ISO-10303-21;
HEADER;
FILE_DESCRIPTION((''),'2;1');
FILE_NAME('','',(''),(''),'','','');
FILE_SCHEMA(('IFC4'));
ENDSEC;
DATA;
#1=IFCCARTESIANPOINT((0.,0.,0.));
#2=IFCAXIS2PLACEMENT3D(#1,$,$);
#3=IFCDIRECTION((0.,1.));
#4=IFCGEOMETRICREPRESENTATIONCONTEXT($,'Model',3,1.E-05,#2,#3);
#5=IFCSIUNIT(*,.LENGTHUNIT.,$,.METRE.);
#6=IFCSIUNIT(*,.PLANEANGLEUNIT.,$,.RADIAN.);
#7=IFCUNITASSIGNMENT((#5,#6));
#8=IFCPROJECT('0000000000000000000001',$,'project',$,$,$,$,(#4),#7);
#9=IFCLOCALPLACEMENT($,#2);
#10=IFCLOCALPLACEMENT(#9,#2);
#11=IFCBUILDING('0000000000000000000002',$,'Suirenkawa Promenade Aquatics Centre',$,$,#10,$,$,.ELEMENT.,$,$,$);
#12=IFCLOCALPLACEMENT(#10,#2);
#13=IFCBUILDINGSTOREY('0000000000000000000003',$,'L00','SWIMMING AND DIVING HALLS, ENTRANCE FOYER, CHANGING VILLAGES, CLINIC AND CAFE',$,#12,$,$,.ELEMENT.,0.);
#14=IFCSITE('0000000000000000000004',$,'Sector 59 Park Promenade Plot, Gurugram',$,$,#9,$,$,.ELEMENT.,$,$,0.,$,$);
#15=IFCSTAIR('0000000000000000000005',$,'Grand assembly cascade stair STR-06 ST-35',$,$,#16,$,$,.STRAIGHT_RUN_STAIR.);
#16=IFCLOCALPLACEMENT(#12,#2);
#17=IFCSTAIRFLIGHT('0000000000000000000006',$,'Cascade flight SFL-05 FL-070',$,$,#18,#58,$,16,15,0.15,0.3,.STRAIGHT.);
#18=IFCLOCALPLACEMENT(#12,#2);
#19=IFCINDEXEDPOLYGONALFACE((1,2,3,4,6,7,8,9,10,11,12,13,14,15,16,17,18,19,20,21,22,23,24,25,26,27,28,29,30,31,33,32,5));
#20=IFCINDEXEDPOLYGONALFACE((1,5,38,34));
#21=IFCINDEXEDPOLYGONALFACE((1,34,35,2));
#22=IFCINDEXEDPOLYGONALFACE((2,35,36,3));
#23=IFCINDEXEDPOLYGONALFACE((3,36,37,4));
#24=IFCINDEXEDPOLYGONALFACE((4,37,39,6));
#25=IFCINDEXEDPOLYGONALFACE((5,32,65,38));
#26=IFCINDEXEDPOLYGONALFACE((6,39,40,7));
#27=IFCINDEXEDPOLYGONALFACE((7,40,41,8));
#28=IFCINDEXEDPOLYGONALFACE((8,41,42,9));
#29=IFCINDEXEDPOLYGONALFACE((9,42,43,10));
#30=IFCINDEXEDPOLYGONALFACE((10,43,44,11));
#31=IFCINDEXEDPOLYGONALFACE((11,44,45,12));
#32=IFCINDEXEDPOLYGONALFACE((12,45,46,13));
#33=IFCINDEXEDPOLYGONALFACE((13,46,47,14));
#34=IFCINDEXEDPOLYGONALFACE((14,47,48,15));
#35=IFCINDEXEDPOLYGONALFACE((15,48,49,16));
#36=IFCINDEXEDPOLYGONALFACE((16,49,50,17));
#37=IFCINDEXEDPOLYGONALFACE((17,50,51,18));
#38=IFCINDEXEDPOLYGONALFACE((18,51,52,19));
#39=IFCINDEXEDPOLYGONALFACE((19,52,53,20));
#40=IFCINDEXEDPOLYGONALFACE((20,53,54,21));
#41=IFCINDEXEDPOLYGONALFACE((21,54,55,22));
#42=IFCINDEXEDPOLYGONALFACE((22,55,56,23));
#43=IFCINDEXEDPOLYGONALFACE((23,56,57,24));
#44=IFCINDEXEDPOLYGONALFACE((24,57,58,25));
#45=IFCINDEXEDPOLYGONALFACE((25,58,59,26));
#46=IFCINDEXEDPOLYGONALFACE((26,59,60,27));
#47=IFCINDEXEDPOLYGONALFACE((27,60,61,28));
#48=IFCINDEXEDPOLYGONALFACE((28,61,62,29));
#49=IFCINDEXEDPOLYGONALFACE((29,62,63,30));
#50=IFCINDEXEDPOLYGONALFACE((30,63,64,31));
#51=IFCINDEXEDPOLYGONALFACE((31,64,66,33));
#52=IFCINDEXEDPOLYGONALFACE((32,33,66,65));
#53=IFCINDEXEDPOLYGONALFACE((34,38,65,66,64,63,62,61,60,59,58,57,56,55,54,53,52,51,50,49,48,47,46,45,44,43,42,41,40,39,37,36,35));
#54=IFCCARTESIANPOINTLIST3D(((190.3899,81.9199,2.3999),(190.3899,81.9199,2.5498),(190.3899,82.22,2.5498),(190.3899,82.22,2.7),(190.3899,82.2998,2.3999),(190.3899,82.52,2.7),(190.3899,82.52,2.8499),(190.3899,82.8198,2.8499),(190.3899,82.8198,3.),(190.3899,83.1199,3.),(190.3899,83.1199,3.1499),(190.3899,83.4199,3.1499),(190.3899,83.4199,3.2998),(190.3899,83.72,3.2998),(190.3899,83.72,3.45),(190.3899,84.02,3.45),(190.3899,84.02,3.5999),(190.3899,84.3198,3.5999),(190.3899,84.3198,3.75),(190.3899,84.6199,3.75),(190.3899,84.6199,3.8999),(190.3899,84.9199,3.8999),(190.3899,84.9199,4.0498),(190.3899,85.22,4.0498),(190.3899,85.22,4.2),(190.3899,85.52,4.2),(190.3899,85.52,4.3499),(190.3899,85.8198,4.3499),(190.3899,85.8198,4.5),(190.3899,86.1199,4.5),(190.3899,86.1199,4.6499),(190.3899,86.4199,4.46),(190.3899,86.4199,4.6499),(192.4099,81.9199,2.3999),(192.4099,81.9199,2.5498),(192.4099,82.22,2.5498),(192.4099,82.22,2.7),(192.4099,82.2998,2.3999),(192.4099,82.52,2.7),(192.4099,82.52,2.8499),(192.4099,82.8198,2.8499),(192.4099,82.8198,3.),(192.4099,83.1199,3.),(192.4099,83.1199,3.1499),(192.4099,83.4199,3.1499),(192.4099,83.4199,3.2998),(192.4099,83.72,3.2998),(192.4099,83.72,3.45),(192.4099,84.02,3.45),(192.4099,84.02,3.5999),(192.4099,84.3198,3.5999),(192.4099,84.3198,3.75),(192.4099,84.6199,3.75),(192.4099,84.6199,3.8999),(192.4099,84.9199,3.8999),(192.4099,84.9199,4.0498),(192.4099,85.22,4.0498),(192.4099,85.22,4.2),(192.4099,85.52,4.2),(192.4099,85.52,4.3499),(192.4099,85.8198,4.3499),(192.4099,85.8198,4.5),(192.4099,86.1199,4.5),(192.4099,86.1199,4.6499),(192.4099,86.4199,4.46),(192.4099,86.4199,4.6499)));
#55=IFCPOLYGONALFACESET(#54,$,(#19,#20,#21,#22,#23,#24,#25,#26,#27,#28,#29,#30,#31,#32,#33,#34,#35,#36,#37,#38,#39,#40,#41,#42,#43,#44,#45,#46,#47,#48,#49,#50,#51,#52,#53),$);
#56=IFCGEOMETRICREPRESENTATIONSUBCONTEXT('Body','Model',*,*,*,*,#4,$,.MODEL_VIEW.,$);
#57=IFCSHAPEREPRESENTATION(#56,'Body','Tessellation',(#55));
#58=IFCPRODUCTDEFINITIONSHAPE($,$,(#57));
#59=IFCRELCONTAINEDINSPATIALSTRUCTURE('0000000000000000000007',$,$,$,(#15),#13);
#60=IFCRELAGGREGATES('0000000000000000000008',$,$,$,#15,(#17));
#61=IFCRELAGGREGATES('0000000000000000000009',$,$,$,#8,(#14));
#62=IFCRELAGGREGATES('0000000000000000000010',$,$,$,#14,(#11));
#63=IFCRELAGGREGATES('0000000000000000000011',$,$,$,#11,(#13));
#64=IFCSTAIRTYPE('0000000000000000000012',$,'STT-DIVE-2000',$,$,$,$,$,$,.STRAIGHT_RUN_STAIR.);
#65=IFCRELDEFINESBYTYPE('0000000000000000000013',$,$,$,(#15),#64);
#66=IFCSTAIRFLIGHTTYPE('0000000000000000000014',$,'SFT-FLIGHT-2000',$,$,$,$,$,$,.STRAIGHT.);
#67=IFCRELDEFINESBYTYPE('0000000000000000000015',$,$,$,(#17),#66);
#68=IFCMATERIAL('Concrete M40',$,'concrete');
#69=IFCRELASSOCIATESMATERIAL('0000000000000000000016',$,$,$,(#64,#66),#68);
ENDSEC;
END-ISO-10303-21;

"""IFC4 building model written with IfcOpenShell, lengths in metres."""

from ifc_helpers import new_model, si_unit, direction, frame, origin, place, context, subcontext, project, spatial, polyline, outline, extrude, material, type_object, element, aggregate, save


model = new_model("IFC4")

# Units and contexts
model_context = context("Model", 3, precision=1e-05, world=origin(), true_north=direction((0.0, 1.0)))
body_context = subcontext(model_context, "Body", "Model", "MODEL_VIEW")
ifc_project = project(units=[si_unit("LENGTHUNIT", "METRE"), si_unit("PLANEANGLEUNIT", "RADIAN")], contexts=[model_context])

# Site, building, storey
site_placement = place(None, origin())
site = spatial("IfcSite", under=ifc_project, at=site_placement, Name="Sector 59 Park Promenade Plot, Gurugram", CompositionType="ELEMENT", RefElevation=0.0)
building_placement = place(site_placement, origin())
building = spatial("IfcBuilding", under=site, at=building_placement, Name="Suirenkawa Promenade Aquatics Centre", CompositionType="ELEMENT")
storey_placement = place(building_placement, origin())
storey = spatial("IfcBuildingStorey", under=building, at=storey_placement, Name="L00", Description="SWIMMING AND DIVING HALLS, ENTRANCE FOYER, CHANGING VILLAGES, CLINIC AND CAFE", CompositionType="ELEMENT", Elevation=0.0)

# Shared definitions
ifc_material_1 = material(Name="Concrete M40", Category="concrete")

# Stair, stair flight
stair_type = type_object("IfcStairType", Name="STT-DIVE-2000", PredefinedType="STRAIGHT_RUN_STAIR", material=ifc_material_1)
stair_placement = place(storey_placement, origin())
stair = element("IfcStair", 1, at=stair_placement, inside=storey, type_object=stair_type, Name="Grand assembly cascade stair STR-06 ST-35", PredefinedType="STRAIGHT_RUN_STAIR")
stair_flight_type = type_object("IfcStairFlightType", Name="SFT-FLIGHT-2000", PredefinedType="STRAIGHT", material=ifc_material_1)
stair_flight_placement = place(storey_placement, frame((191.3999, 81.9199, 2.3999), z_axis=(0.0, 0.0, 1.0), x_axis=(0.0, 1.0, 0.0)))
stair_flight = element("IfcStairFlight", 2, at=stair_flight_placement, type_object=stair_flight_type, Name="Cascade flight SFL-05 FL-070", NumberOfRisers=16, NumberOfTreads=15, PredefinedType="STRAIGHT", RiserHeight=0.15, TreadLength=0.3, context=body_context, shape_type="SweptSolid", body=[
    extrude(outline(polyline([(0.0, 0.0), (0.0, 0.1499), (0.3, 0.1499), (0.3, 0.3), (0.6001, 0.3), (0.6001, 0.45), (0.8999, 0.45), (0.8999, 0.6001), (1.2, 0.6001), (1.2, 0.75), (1.5, 0.75), (1.5, 0.8999), (1.8, 0.8999), (1.8, 1.05), (2.1001, 1.05), (2.1001, 1.2), (2.3999, 1.2), (2.3999, 1.3501), (2.7, 1.3501), (2.7, 1.5), (3.0, 1.5), (3.0, 1.6499), (3.3, 1.6499), (3.3, 1.8), (3.6001, 1.8), (3.6001, 1.95), (3.8999, 1.95), (3.8999, 2.1001), (4.2, 2.1001), (4.2, 2.25), (4.5, 2.25), (4.5, 2.3999), (4.5, 2.0601), (0.3799, 0.0), (0.0, 0.0)])), frame((0.0, 1.01, 0.0), z_axis=(0.0, -1.0, 0.0), x_axis=(1.0, 0.0, 0.0)), (0.0, 0.0, 1.0), 2.02),
])
aggregate(stair, [stair_flight])

save(model, "model.ifc")
